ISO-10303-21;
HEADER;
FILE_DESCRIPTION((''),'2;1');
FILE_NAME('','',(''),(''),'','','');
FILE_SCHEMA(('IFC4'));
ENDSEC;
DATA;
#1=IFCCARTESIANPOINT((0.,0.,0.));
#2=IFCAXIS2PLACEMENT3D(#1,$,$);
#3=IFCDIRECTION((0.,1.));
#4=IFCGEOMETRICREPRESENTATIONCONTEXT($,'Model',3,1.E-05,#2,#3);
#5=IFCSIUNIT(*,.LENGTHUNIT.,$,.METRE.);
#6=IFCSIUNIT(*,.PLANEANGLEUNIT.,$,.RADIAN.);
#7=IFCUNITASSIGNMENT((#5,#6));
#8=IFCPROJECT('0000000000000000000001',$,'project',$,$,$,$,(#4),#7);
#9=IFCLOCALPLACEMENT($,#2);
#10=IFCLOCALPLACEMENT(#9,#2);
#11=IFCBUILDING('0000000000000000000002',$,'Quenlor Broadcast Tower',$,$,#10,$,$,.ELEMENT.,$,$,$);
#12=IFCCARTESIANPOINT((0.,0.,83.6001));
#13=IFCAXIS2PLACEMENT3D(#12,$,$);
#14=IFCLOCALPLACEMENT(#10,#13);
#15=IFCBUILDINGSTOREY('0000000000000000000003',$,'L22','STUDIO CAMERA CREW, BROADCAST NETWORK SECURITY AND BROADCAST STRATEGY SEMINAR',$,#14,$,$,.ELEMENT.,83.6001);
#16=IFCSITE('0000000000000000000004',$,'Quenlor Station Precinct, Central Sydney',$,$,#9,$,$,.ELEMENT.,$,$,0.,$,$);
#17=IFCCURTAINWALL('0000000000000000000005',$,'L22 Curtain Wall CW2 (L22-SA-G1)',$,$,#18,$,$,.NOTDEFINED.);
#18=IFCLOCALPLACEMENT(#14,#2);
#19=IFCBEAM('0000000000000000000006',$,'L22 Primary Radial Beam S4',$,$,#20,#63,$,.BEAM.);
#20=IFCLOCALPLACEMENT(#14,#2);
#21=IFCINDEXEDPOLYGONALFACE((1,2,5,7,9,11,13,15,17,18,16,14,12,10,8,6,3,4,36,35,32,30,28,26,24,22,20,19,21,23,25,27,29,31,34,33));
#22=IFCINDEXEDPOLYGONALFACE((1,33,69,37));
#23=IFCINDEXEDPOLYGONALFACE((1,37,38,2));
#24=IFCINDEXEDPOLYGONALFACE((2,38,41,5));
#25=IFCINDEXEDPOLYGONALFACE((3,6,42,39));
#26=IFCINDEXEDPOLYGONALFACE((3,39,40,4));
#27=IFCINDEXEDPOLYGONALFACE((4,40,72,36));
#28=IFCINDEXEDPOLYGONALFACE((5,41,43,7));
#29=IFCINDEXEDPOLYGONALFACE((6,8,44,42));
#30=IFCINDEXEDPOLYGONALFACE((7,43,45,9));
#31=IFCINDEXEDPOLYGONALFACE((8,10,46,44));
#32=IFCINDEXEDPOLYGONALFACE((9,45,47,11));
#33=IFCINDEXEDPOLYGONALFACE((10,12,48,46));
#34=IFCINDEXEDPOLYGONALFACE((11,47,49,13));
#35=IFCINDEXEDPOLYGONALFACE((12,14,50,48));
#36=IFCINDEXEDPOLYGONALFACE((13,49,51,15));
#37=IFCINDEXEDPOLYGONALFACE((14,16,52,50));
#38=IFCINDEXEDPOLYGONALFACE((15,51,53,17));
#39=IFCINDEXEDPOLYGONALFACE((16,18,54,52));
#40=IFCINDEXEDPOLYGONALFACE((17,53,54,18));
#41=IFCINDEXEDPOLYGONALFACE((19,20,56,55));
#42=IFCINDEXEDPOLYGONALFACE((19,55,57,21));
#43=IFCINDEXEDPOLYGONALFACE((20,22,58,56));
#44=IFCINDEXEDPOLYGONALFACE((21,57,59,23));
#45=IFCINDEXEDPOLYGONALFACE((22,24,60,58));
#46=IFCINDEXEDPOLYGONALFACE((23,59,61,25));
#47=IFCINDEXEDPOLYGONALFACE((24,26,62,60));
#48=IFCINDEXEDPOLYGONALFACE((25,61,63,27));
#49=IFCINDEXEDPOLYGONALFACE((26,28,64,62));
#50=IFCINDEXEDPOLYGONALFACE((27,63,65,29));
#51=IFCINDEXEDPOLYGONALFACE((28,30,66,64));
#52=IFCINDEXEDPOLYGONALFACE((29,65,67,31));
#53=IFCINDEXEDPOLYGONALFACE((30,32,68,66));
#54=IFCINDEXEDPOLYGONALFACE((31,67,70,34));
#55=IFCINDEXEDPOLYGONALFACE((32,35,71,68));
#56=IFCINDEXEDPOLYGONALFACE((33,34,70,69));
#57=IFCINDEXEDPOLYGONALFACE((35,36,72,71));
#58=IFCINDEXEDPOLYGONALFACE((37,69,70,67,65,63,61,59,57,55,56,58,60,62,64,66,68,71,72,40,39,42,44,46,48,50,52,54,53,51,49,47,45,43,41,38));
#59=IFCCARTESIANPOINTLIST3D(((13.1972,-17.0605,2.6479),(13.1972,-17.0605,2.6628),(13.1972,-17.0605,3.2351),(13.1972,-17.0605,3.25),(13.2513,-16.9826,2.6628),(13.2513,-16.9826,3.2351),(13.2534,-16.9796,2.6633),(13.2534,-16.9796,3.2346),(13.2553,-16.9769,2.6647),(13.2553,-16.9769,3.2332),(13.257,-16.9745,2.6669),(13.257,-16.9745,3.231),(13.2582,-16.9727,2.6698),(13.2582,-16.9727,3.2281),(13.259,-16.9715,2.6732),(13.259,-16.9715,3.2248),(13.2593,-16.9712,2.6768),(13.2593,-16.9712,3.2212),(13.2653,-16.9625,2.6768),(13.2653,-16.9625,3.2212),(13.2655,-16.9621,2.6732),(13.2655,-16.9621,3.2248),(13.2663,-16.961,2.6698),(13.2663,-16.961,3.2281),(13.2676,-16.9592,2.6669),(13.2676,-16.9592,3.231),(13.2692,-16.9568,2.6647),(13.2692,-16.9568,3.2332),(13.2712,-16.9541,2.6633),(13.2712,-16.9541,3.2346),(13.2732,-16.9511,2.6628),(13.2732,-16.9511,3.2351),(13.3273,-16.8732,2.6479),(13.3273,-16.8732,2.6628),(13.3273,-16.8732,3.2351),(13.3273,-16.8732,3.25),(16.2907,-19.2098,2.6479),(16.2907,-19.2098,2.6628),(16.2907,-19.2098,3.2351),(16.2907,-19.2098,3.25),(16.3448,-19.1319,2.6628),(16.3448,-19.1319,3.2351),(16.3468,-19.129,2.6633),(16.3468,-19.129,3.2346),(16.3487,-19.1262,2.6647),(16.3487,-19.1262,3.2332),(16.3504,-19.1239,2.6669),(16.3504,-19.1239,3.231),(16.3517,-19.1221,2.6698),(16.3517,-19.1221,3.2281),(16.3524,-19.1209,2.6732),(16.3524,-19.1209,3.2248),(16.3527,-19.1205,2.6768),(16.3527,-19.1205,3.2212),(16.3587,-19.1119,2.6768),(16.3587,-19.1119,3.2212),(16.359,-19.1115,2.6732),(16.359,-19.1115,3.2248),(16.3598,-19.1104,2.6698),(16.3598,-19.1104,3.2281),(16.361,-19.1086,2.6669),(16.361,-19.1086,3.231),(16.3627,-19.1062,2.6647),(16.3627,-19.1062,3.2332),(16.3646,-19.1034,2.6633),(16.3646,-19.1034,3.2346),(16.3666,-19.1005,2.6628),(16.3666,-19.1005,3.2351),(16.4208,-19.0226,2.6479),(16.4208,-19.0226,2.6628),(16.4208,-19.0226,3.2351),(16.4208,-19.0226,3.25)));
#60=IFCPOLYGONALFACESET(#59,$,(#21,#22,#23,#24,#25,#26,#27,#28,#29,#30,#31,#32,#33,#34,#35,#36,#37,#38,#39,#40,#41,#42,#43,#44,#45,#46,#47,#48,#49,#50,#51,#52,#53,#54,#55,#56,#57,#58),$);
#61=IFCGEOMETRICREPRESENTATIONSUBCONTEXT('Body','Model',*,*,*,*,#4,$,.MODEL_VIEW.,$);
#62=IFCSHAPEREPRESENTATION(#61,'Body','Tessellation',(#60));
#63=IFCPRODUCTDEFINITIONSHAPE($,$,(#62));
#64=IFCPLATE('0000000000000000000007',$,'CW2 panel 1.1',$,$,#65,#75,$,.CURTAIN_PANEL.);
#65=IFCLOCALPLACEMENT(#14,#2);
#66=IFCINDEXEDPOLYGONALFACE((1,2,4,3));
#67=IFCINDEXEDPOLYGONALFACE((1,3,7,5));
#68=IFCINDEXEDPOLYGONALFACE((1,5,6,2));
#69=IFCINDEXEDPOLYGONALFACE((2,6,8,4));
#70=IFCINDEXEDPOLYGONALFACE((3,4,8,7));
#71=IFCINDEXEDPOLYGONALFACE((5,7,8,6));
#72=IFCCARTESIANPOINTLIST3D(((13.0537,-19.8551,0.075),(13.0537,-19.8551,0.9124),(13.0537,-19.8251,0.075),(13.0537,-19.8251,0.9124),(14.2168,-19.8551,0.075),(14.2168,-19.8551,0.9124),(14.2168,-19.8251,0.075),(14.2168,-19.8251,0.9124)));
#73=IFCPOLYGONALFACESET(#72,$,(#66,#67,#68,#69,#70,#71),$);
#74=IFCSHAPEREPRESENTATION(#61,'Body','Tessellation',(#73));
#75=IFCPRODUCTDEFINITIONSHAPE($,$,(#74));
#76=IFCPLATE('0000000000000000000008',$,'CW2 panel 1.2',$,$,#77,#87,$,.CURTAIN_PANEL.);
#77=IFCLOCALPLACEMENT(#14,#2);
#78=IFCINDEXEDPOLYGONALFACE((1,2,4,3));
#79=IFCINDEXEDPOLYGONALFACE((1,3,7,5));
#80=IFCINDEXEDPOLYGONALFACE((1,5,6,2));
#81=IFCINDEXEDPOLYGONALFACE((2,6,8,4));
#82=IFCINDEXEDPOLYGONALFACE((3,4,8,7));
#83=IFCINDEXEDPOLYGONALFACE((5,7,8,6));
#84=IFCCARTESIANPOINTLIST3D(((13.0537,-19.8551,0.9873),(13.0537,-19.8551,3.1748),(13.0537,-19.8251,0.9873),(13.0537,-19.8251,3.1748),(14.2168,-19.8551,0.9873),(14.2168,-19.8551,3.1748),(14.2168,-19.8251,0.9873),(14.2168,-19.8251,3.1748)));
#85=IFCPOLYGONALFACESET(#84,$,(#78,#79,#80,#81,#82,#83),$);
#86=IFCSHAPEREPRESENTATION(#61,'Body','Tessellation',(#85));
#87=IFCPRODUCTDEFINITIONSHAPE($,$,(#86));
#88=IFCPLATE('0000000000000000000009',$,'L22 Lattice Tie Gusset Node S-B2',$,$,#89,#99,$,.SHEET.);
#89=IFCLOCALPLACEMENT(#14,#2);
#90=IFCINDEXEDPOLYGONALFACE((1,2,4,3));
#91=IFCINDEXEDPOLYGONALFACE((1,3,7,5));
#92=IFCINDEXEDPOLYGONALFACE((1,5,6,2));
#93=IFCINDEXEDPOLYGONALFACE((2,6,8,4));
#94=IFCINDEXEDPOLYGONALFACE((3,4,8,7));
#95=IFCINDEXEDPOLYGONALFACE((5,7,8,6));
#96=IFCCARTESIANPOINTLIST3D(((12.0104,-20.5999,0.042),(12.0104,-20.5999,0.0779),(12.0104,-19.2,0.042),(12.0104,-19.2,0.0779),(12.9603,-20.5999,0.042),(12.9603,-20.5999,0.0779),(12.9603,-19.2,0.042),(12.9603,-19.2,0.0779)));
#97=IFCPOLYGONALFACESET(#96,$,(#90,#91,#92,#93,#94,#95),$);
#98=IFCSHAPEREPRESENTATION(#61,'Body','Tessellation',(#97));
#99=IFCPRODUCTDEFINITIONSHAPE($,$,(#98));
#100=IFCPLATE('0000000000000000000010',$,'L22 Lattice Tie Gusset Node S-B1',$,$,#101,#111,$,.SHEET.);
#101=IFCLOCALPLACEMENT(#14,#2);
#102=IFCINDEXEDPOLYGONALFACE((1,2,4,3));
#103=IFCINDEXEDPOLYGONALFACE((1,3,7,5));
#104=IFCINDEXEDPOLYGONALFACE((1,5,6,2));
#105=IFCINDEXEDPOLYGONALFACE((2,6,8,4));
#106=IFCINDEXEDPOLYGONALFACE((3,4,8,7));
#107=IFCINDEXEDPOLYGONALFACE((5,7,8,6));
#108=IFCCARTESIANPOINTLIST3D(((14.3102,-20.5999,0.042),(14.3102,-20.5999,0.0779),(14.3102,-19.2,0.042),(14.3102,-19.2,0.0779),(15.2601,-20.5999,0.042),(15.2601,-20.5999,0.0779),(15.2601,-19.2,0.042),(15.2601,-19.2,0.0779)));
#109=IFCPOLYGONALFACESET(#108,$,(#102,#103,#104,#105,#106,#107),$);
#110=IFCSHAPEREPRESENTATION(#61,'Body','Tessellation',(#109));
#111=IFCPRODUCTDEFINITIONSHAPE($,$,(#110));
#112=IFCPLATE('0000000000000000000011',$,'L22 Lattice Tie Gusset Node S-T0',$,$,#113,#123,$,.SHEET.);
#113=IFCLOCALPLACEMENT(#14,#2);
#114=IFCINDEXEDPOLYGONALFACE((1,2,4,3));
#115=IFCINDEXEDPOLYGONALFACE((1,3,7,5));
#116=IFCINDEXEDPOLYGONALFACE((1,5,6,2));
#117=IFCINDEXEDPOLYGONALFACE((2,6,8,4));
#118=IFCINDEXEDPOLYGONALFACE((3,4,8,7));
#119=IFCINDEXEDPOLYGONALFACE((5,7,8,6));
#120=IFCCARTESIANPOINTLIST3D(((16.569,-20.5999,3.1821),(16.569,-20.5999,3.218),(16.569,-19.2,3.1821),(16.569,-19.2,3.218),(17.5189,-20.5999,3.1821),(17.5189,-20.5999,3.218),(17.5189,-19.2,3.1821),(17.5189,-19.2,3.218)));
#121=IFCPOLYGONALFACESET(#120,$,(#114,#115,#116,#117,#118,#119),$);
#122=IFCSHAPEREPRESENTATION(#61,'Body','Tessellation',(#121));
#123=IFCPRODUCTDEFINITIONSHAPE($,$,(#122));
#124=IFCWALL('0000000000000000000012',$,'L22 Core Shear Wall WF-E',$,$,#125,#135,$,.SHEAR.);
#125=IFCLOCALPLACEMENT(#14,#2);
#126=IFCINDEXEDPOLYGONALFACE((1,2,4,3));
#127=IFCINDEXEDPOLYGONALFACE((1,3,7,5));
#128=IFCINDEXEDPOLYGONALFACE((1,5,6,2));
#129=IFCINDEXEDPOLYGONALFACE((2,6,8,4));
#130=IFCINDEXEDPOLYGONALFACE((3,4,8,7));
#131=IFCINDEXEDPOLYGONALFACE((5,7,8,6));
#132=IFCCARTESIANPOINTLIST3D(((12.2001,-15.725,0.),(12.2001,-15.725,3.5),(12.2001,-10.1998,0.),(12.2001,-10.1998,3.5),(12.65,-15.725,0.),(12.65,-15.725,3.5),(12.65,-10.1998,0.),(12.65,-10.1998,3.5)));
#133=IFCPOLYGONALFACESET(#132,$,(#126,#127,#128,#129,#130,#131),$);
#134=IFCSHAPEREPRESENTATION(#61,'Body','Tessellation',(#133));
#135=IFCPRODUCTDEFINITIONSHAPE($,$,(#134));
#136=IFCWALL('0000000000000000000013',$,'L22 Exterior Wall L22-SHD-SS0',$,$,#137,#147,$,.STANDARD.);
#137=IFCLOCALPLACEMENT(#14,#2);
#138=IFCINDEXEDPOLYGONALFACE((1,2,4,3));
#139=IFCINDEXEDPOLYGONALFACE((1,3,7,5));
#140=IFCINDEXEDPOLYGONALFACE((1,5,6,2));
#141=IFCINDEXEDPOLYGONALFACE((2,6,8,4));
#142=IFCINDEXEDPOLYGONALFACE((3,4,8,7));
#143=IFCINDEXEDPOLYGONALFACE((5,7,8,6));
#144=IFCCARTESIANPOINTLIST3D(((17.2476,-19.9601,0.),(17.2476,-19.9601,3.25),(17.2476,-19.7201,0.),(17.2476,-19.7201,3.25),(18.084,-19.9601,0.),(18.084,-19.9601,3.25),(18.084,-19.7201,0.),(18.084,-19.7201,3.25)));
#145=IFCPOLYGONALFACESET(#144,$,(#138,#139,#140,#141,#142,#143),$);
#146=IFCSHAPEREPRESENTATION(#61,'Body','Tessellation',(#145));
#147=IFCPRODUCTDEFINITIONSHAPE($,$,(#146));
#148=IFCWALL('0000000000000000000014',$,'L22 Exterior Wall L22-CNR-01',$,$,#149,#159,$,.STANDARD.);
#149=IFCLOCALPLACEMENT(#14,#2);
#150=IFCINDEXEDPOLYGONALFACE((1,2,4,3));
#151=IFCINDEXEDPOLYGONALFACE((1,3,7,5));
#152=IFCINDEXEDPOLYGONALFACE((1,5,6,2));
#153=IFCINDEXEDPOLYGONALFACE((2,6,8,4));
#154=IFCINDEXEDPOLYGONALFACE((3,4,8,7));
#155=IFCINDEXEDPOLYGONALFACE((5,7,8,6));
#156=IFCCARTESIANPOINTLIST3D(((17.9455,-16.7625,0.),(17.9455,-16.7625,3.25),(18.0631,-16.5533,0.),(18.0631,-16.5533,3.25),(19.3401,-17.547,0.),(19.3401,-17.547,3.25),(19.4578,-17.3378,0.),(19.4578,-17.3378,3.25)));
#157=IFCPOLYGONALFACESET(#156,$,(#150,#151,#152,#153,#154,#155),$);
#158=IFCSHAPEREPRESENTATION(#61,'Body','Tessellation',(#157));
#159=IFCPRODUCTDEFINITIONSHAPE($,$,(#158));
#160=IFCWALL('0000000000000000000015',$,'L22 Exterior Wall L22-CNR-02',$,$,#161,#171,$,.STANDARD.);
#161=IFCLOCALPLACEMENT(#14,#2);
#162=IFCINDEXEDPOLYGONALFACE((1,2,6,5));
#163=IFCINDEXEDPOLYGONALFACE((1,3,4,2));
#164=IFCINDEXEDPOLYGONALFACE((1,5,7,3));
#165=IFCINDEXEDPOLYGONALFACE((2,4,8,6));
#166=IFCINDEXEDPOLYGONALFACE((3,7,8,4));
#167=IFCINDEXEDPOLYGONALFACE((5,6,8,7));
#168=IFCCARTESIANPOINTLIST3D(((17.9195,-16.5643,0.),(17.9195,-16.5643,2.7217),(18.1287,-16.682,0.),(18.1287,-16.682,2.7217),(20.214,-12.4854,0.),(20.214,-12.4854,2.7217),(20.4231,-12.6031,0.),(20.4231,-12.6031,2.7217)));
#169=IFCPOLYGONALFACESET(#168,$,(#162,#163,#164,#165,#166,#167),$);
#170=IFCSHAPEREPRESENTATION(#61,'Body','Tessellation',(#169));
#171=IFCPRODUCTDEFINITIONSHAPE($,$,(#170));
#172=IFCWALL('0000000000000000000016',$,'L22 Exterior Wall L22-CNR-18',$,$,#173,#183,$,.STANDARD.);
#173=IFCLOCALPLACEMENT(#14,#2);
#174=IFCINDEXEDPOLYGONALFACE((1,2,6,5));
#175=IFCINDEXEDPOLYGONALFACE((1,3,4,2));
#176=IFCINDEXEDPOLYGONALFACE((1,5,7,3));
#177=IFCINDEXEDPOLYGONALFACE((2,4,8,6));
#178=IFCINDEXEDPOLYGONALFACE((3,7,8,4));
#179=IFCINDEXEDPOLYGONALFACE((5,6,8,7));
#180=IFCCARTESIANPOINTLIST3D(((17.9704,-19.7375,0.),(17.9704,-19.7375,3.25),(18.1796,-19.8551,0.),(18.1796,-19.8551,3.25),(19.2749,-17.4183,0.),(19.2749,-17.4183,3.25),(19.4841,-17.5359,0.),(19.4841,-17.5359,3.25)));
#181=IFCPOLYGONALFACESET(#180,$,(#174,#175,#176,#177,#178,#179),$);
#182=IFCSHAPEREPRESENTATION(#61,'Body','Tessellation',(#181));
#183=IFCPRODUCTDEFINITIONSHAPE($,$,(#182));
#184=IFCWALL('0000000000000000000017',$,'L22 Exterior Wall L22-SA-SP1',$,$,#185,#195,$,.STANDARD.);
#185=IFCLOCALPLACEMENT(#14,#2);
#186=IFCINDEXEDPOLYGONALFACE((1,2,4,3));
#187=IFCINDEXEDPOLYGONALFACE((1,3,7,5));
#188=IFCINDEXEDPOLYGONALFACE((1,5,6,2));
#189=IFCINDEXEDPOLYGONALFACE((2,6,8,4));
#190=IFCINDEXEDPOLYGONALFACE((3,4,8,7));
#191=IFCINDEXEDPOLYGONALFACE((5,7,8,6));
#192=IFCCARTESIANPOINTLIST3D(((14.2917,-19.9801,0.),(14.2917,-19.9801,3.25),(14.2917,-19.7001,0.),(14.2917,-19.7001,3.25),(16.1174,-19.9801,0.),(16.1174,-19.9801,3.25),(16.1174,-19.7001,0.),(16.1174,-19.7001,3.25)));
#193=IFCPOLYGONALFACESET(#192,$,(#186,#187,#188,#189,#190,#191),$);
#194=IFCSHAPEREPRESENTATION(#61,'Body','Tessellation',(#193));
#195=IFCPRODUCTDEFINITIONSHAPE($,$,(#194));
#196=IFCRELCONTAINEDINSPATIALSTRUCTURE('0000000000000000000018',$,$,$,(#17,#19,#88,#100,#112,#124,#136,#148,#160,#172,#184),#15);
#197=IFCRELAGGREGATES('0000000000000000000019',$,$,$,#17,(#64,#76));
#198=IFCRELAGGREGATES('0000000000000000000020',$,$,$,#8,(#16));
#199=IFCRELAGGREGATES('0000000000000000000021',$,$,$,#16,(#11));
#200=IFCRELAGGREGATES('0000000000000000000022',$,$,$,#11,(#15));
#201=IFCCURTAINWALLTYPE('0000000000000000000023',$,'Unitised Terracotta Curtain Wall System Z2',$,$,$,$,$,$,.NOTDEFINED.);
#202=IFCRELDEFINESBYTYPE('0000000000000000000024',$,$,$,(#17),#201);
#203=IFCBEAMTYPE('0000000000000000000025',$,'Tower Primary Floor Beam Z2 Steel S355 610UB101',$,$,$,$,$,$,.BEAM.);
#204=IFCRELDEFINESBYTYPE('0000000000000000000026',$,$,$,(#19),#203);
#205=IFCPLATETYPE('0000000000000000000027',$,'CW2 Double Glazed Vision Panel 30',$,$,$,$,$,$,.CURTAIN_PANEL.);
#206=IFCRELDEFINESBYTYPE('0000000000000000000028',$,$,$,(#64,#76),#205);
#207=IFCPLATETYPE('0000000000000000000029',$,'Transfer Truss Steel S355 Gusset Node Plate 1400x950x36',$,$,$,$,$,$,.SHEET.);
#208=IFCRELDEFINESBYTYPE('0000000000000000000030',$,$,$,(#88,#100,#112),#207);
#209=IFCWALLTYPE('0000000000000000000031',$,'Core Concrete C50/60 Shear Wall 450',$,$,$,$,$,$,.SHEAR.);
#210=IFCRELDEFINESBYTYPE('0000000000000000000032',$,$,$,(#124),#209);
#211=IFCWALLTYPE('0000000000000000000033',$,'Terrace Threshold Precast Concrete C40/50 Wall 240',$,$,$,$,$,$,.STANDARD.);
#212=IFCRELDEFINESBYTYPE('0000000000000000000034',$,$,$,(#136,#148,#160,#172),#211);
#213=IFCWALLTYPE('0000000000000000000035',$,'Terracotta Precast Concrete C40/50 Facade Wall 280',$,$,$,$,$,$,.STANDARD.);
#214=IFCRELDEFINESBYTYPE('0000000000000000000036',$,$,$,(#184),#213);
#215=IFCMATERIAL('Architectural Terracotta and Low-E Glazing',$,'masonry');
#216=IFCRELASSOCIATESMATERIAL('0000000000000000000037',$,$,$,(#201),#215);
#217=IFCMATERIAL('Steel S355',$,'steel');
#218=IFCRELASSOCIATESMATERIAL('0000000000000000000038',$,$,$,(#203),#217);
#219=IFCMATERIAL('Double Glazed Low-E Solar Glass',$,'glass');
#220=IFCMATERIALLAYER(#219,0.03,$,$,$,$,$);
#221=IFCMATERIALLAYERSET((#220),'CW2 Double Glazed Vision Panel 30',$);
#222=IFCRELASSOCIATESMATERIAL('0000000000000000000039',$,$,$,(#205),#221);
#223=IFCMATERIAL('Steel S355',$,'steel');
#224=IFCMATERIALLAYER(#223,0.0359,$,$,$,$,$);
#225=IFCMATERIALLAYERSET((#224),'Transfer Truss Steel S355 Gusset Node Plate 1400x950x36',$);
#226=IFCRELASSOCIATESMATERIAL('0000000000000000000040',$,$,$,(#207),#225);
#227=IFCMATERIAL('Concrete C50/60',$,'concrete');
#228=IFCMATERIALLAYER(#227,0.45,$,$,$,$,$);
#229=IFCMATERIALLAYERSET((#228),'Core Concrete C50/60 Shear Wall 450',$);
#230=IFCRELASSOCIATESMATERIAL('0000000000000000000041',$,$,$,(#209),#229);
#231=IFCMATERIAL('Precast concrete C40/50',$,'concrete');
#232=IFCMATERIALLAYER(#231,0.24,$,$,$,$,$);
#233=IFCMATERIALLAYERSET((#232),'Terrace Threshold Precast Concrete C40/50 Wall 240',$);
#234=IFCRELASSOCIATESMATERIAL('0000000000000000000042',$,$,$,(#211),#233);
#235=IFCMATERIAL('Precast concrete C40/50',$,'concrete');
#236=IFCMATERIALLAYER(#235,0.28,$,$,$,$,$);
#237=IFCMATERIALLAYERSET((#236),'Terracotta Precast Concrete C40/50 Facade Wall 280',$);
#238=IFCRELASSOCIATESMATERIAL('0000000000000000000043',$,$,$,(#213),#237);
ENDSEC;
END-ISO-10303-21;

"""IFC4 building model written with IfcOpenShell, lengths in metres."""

from ifc_helpers import new_model, si_unit, direction, frame, frame_2d, origin, origin_2d, place, context, subcontext, project, spatial, rectangle, i_section, extrude, material, layer, layer_set, material_profile, profile_set, type_object, element, aggregate, save


model = new_model("IFC4")

# Units and contexts
model_context = context("Model", 3, precision=1e-05, world=origin(), true_north=direction((0.0, 1.0)))
body_context = subcontext(model_context, "Body", "Model", "MODEL_VIEW")
ifc_project = project(units=[si_unit("LENGTHUNIT", "METRE"), si_unit("PLANEANGLEUNIT", "RADIAN")], contexts=[model_context])

# Site, building, storey
site_placement = place(None, origin())
site = spatial("IfcSite", under=ifc_project, at=site_placement, Name="Quenlor Station Precinct, Central Sydney", CompositionType="ELEMENT", RefElevation=0.0)
building_placement = place(site_placement, origin())
building = spatial("IfcBuilding", under=site, at=building_placement, Name="Quenlor Broadcast Tower", CompositionType="ELEMENT")
storey_placement = place(building_placement, frame((0.0, 0.0, 83.6001)))
storey = spatial("IfcBuildingStorey", under=building, at=storey_placement, Name="L22", Description="STUDIO CAMERA CREW, BROADCAST NETWORK SECURITY AND BROADCAST STRATEGY SEMINAR", CompositionType="ELEMENT", Elevation=83.6001)

# Curtain wall
ifc_material_1 = material(Name="Architectural Terracotta and Low-E Glazing", Category="masonry")
curtain_wall_type = type_object("IfcCurtainWallType", Name="Unitised Terracotta Curtain Wall System Z2", PredefinedType="NOTDEFINED", material=ifc_material_1)
curtain_wall_placement = place(storey_placement, origin())
curtain_wall = element("IfcCurtainWall", 1, at=curtain_wall_placement, inside=storey, type_object=curtain_wall_type, Name="L22 Curtain Wall CW2 (L22-SA-G1)", PredefinedType="NOTDEFINED")

# Beam
ifc_material_2 = material(Name="Steel S355", Category="steel")
ifc_material_profile_1 = material_profile(ifc_material_2, i_section(OverallWidth=0.228, OverallDepth=0.6021, WebThickness=0.0105, FlangeThickness=0.0149, FilletRadius=0.0139, at=origin_2d()))
ifc_profile_set_1 = profile_set([ifc_material_profile_1], Name="Steel S355 610UB101")
beam_type_1 = type_object("IfcBeamType", Name="Tower Primary Floor Beam Z2 Steel S355 610UB101", PredefinedType="BEAM", material=ifc_profile_set_1)
beam_1_placement = place(storey_placement, frame((16.3557, -19.1162, 2.949), z_axis=(-0.821227, 0.570601, 0.0), x_axis=(-0.570601, -0.821227, 0.0)))
element("IfcBeam", 2, at=beam_1_placement, inside=storey, type_object=beam_type_1, Name="L22 Primary Radial Beam S4", PredefinedType="BEAM", context=body_context, shape_type="SweptSolid", body=[
    extrude(i_section(OverallWidth=0.228, OverallDepth=0.6021, WebThickness=0.0105, FlangeThickness=0.0149, FilletRadius=0.0139, at=origin_2d()), origin(), (0.0, 0.0, 1.0), 3.7668),
])

# Plates
ifc_material_3 = material(Name="Double Glazed Low-E Solar Glass", Category="glass")
ifc_layer_1 = layer(ifc_material_3, 0.03)
ifc_layer_set_1 = layer_set([ifc_layer_1], Name="CW2 Double Glazed Vision Panel 30")
plate_type_1 = type_object("IfcPlateType", Name="CW2 Double Glazed Vision Panel 30", PredefinedType="CURTAIN_PANEL", material=ifc_layer_set_1)
plate_1_placement = place(storey_placement, frame((13.6353, -19.8401, 0.075), z_axis=(0.0, 0.0, 1.0), x_axis=(-1.0, 0.0, 0.0)))
plate_1 = element("IfcPlate", 3, at=plate_1_placement, type_object=plate_type_1, Name="CW2 panel 1.1", PredefinedType="CURTAIN_PANEL", context=body_context, shape_type="SweptSolid", body=[
    extrude(rectangle(XDim=1.1631, YDim=0.03, at=origin_2d()), origin(), (0.0, 0.0, 1.0), 0.8374),
])
plate_2_placement = place(storey_placement, frame((13.6353, -19.8401, 0.9873), z_axis=(0.0, 0.0, 1.0), x_axis=(-1.0, 0.0, 0.0)))
plate_2 = element("IfcPlate", 4, at=plate_2_placement, type_object=plate_type_1, Name="CW2 panel 1.2", PredefinedType="CURTAIN_PANEL", context=body_context, shape_type="SweptSolid", body=[
    extrude(rectangle(XDim=1.1631, YDim=0.03, at=origin_2d()), origin(), (0.0, 0.0, 1.0), 2.1875),
])
aggregate(curtain_wall, [plate_1, plate_2])

# Plates
ifc_material_4 = material(Name="Steel S355", Category="steel")
ifc_layer_2 = layer(ifc_material_4, 0.0359)
ifc_layer_set_2 = layer_set([ifc_layer_2], Name="Transfer Truss Steel S355 Gusset Node Plate 1400x950x36")
plate_type_2 = type_object("IfcPlateType", Name="Transfer Truss Steel S355 Gusset Node Plate 1400x950x36", PredefinedType="SHEET", material=ifc_layer_set_2)
for number, where, z_axis, x_axis, name in (
    (5, (12.4854, -19.8999, 0.042), (0.0, 0.0, 1.0), (0.0, -1.0, 0.0), "L22 Lattice Tie Gusset Node S-B2"),
    (6, (14.7852, -19.8999, 0.042), (0.0, 0.0, 1.0), (0.0, -1.0, 0.0), "L22 Lattice Tie Gusset Node S-B1"),
    (7, (17.0439, -19.8999, 3.1821), (0.0, 0.0, 1.0), (0.0, -1.0, 0.0), "L22 Lattice Tie Gusset Node S-T0"),
):
    element("IfcPlate", number, at=place(storey_placement, frame(where, z_axis=z_axis, x_axis=x_axis)), inside=storey, type_object=plate_type_2, Name=name, PredefinedType="SHEET", context=body_context, shape_type="SweptSolid", body=[
        extrude(rectangle(XDim=1.3999, YDim=0.95, at=origin_2d()), origin(), (0.0, 0.0, 1.0), 0.0359),
    ])

# Walls
ifc_material_5 = material(Name="Concrete C50/60", Category="concrete")
ifc_layer_3 = layer(ifc_material_5, 0.45)
ifc_layer_set_3 = layer_set([ifc_layer_3], Name="Core Concrete C50/60 Shear Wall 450")
wall_type_1 = type_object("IfcWallType", Name="Core Concrete C50/60 Shear Wall 450", PredefinedType="SHEAR", material=ifc_layer_set_3)
wall_1_placement = place(storey_placement, frame((12.425, -15.7251, 0.0), z_axis=(0.0, 0.0, 1.0), x_axis=(0.0, 1.0, 0.0)))
element("IfcWall", 8, at=wall_1_placement, inside=storey, type_object=wall_type_1, Name="L22 Core Shear Wall WF-E", PredefinedType="SHEAR", context=body_context, shape_type="SweptSolid", body=[
    extrude(rectangle(XDim=5.5251, YDim=0.45, at=frame_2d((2.7627, 0.0))), origin(), (0.0, 0.0, 1.0), 3.5),
])
ifc_material_6 = material(Name="Precast concrete C40/50", Category="concrete")
ifc_layer_4 = layer(ifc_material_6, 0.24)
ifc_layer_set_4 = layer_set([ifc_layer_4], Name="Terrace Threshold Precast Concrete C40/50 Wall 240")
wall_type_2 = type_object("IfcWallType", Name="Terrace Threshold Precast Concrete C40/50 Wall 240", PredefinedType="STANDARD", material=ifc_layer_set_4)
wall_2_placement = place(storey_placement, frame((18.084, -19.8401, 0.0), z_axis=(0.0, 0.0, 1.0), x_axis=(-1.0, 0.0, 0.0)))
element("IfcWall", 9, at=wall_2_placement, inside=storey, type_object=wall_type_2, Name="L22 Exterior Wall L22-SHD-SS0", PredefinedType="STANDARD", context=body_context, shape_type="SweptSolid", body=[
    extrude(rectangle(XDim=0.8364, YDim=0.24, at=frame_2d((0.4182, 0.0))), origin(), (0.0, 0.0, 1.0), 3.25),
])
wall_3_placement = place(storey_placement, frame((19.3989, -17.4424, 0.0), z_axis=(0.0, 0.0, 1.0), x_axis=(-0.871576, 0.490261, 0.0)))
element("IfcWall", 10, at=wall_3_placement, inside=storey, type_object=wall_type_2, Name="L22 Exterior Wall L22-CNR-01", PredefinedType="STANDARD", context=body_context, shape_type="SweptSolid", body=[
    extrude(rectangle(XDim=1.6001, YDim=0.24, at=frame_2d((0.8, 0.0))), origin(), (0.0, 0.0, 1.0), 3.25),
])
wall_4_placement = place(storey_placement, frame((18.0242, -16.623, 0.0), z_axis=(0.0, 0.0, 1.0), x_axis=(0.490274, 0.871569, 0.0)))
element("IfcWall", 11, at=wall_4_placement, inside=storey, type_object=wall_type_2, Name="L22 Exterior Wall L22-CNR-02", PredefinedType="STANDARD", context=body_context, shape_type="SweptSolid", body=[
    extrude(rectangle(XDim=4.6799, YDim=0.24, at=frame_2d((2.3398, 0.0))), origin(), (0.0, 0.0, 1.0), 2.7217),
])
wall_5_placement = place(storey_placement, frame((18.075, -19.7964, 0.0), z_axis=(0.0, 0.0, 1.0), x_axis=(0.490248, 0.871583, 0.0)))
element("IfcWall", 12, at=wall_5_placement, inside=storey, type_object=wall_type_2, Name="L22 Exterior Wall L22-CNR-18", PredefinedType="STANDARD", context=body_context, shape_type="SweptSolid", body=[
    extrude(rectangle(XDim=2.6609, YDim=0.24, at=frame_2d((1.3306, 0.0))), origin(), (0.0, 0.0, 1.0), 3.25),
])
ifc_material_7 = material(Name="Precast concrete C40/50", Category="concrete")
ifc_layer_5 = layer(ifc_material_7, 0.28)
ifc_layer_set_5 = layer_set([ifc_layer_5], Name="Terracotta Precast Concrete C40/50 Facade Wall 280")
wall_type_3 = type_object("IfcWallType", Name="Terracotta Precast Concrete C40/50 Facade Wall 280", PredefinedType="STANDARD", material=ifc_layer_set_5)
wall_6_placement = place(storey_placement, frame((16.1174, -19.8401, 0.0), z_axis=(0.0, 0.0, 1.0), x_axis=(-1.0, 0.0, 0.0)))
element("IfcWall", 13, at=wall_6_placement, inside=storey, type_object=wall_type_3, Name="L22 Exterior Wall L22-SA-SP1", PredefinedType="STANDARD", context=body_context, shape_type="SweptSolid", body=[
    extrude(rectangle(XDim=1.8257, YDim=0.28, at=frame_2d((0.9128, 0.0))), origin(), (0.0, 0.0, 1.0), 3.25),
])

save(model, "model.ifc")
